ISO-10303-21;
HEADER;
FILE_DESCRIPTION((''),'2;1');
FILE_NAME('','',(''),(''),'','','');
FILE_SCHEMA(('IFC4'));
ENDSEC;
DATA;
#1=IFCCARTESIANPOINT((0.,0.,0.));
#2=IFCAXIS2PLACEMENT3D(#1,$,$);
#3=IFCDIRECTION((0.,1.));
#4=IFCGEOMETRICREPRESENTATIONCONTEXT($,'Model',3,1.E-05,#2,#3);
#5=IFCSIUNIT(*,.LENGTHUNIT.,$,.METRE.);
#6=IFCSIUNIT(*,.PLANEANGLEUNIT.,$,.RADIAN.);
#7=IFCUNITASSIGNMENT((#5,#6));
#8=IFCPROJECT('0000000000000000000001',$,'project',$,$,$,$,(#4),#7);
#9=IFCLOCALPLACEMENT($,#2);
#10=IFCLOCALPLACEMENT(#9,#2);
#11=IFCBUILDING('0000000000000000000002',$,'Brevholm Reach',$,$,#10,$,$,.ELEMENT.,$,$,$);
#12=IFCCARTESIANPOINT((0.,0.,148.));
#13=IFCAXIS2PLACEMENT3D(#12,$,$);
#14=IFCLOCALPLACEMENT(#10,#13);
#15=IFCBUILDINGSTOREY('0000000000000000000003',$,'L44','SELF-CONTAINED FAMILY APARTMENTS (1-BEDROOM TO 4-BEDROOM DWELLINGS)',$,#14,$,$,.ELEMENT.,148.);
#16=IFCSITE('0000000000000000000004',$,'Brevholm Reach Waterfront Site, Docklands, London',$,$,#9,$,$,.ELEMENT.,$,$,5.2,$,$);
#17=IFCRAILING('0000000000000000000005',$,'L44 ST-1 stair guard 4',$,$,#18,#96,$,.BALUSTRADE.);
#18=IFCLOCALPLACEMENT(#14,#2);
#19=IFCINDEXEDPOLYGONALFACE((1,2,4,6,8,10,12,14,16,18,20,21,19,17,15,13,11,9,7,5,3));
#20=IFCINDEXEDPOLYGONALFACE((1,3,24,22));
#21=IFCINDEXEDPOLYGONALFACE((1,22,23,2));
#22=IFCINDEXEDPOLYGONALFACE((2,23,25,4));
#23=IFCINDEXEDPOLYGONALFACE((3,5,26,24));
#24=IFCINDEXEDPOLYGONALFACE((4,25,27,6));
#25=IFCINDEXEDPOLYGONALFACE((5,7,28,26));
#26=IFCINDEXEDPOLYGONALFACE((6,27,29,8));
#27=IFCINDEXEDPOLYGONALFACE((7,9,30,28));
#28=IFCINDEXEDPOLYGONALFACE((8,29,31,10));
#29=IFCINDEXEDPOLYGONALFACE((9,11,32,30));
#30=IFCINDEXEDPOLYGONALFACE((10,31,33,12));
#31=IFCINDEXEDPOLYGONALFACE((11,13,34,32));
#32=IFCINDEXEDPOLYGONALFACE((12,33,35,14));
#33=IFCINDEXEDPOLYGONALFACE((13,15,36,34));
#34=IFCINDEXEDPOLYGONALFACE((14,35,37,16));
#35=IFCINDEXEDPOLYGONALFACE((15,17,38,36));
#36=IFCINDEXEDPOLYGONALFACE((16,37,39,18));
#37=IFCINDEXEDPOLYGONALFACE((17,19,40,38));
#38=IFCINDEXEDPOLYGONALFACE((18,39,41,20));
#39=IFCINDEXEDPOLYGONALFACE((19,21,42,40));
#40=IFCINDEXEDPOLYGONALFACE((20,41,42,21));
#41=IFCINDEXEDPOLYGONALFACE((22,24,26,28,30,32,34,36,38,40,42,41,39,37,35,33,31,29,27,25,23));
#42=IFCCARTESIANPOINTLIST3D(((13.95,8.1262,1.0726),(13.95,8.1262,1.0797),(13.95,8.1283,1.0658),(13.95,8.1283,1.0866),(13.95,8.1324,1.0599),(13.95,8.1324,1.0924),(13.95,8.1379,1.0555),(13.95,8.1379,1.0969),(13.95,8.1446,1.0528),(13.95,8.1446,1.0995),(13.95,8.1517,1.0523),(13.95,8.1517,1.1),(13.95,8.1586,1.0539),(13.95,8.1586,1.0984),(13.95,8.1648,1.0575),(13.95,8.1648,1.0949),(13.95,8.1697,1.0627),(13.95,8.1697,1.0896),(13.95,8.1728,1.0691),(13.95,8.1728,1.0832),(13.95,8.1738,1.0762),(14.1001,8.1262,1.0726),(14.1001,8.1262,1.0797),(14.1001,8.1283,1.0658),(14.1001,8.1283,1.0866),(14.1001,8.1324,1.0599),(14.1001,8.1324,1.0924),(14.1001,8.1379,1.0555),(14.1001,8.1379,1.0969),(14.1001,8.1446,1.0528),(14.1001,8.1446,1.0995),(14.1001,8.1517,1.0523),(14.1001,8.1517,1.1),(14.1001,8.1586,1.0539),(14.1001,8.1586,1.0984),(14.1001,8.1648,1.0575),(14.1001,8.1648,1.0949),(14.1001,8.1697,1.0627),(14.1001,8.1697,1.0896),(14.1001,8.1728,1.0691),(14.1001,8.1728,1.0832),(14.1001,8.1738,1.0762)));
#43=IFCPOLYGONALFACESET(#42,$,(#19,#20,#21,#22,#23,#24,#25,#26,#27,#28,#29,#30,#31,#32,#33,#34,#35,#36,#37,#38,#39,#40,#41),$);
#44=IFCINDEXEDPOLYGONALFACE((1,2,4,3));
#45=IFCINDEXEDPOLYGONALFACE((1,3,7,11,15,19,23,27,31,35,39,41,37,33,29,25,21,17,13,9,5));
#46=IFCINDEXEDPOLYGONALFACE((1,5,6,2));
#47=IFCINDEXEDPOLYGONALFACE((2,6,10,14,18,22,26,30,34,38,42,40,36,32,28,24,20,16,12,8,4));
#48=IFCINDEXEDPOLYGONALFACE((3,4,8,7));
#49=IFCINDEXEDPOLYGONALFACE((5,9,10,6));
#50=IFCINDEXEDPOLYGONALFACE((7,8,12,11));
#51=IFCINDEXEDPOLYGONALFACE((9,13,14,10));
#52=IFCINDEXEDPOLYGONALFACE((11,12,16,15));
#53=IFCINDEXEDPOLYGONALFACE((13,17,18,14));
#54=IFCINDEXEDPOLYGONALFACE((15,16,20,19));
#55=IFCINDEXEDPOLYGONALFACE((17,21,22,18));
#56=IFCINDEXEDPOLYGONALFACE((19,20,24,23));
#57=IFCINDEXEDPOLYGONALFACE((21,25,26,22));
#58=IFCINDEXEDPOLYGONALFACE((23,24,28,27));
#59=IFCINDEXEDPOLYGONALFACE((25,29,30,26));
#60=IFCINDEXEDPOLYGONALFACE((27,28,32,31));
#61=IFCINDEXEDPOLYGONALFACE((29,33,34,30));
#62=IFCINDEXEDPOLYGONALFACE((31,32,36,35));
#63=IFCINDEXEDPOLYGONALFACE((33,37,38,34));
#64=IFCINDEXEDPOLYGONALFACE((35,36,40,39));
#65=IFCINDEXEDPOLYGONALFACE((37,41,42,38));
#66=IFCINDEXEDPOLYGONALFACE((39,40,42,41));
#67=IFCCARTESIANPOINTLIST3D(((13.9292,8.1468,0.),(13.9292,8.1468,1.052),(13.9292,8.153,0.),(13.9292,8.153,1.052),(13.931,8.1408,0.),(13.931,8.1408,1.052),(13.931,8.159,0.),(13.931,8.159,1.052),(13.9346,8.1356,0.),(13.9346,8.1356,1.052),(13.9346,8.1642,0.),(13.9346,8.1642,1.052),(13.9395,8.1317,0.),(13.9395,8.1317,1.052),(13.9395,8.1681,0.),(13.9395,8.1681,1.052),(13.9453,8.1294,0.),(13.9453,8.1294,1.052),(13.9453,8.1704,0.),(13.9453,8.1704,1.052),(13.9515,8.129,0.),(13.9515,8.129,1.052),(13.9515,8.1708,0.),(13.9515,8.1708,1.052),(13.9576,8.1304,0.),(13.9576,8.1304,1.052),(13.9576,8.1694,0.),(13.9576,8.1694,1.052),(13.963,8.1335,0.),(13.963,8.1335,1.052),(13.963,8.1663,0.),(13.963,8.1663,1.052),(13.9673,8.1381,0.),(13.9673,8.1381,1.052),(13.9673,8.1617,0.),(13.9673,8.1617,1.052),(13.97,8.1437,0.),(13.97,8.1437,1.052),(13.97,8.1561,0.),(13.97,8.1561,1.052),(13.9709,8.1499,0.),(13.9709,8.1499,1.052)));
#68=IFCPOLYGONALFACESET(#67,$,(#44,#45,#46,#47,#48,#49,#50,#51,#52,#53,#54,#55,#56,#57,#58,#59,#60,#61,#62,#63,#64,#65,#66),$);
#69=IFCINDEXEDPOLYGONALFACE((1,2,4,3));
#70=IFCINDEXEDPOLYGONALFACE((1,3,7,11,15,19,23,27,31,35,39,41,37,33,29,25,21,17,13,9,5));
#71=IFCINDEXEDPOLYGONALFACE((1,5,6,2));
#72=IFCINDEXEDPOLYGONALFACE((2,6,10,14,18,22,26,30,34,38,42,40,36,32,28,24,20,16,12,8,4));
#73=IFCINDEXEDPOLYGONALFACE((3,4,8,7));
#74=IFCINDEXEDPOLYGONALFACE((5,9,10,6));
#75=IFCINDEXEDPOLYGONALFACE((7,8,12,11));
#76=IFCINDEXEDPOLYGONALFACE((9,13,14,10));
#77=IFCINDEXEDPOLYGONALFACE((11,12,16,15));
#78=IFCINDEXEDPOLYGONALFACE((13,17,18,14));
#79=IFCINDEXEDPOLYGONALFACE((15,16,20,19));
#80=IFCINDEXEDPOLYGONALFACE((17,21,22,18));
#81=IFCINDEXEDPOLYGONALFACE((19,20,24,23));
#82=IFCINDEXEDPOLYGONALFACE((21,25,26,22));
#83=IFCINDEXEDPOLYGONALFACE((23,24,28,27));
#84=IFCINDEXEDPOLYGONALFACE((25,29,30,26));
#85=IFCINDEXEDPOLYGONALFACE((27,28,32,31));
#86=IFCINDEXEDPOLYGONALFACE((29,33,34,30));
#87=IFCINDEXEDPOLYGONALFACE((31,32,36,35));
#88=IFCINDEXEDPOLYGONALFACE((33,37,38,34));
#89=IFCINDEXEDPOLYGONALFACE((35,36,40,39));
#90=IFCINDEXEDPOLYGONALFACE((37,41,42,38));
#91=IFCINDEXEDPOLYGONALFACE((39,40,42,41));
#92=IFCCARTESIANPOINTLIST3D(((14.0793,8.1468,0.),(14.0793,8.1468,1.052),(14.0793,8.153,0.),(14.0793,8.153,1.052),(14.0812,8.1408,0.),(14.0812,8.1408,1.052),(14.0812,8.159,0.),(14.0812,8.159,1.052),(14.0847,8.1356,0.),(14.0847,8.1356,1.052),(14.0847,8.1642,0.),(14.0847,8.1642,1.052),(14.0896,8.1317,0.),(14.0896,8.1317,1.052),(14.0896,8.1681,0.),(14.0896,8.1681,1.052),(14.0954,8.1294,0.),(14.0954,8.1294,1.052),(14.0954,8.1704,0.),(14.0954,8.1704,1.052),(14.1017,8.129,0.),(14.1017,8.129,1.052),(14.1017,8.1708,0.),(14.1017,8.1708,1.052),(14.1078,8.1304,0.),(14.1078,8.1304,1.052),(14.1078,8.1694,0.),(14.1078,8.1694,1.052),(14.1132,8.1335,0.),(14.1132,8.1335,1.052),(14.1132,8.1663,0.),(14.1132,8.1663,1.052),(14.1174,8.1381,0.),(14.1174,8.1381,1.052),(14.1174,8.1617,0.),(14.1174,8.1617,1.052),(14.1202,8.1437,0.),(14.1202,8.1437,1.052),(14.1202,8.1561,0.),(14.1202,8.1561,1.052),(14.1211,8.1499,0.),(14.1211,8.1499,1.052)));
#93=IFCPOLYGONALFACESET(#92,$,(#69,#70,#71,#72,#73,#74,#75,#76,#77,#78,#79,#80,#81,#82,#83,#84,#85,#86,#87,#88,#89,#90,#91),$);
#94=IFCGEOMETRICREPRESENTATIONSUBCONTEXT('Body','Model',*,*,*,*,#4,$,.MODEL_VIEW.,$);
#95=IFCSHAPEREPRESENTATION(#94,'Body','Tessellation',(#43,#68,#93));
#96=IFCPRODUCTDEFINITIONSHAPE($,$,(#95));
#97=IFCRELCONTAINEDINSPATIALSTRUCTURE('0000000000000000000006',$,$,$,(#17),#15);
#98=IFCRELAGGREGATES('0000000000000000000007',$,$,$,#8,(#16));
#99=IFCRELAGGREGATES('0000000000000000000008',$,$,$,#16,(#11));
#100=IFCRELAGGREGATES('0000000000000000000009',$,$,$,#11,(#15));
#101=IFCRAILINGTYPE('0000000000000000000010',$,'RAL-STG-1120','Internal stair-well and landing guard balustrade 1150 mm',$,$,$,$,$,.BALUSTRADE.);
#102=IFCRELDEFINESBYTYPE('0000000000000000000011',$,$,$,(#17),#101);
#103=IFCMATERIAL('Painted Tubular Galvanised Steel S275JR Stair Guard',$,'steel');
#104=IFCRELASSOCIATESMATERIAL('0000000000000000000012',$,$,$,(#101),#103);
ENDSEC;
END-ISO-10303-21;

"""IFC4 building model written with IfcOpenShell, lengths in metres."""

from ifc_helpers import new_model, si_unit, direction, frame, origin, origin_2d, place, context, subcontext, project, spatial, circle, extrude, material, type_object, element, save


model = new_model("IFC4")

# Units and contexts
model_context = context("Model", 3, precision=1e-05, world=origin(), true_north=direction((0.0, 1.0)))
body_context = subcontext(model_context, "Body", "Model", "MODEL_VIEW")
ifc_project = project(units=[si_unit("LENGTHUNIT", "METRE"), si_unit("PLANEANGLEUNIT", "RADIAN")], contexts=[model_context])

# Site, building, storey
site_placement = place(None, origin())
site = spatial("IfcSite", under=ifc_project, at=site_placement, Name="Brevholm Reach Waterfront Site, Docklands, London", CompositionType="ELEMENT", RefElevation=5.2)
building_placement = place(site_placement, origin())
building = spatial("IfcBuilding", under=site, at=building_placement, Name="Brevholm Reach", CompositionType="ELEMENT")
storey_placement = place(building_placement, frame((0.0, 0.0, 148.0)))
storey = spatial("IfcBuildingStorey", under=building, at=storey_placement, Name="L44", Description="SELF-CONTAINED FAMILY APARTMENTS (1-BEDROOM TO 4-BEDROOM DWELLINGS)", CompositionType="ELEMENT", Elevation=148.0)

# Railing
ifc_material_1 = material(Name="Painted Tubular Galvanised Steel S275JR Stair Guard", Category="steel")
railing_type_1 = type_object("IfcRailingType", Name="RAL-STG-1120", Description="Internal stair-well and landing guard balustrade 1150 mm", PredefinedType="BALUSTRADE", material=ifc_material_1)
railing_1_placement = place(storey_placement, frame((13.95, 8.1499, 0.0)))
element("IfcRailing", 1, at=railing_1_placement, inside=storey, type_object=railing_type_1, Name="L44 ST-1 stair guard 4", PredefinedType="BALUSTRADE", context=body_context, shape_type="SweptSolid", body=[
    extrude(circle(Radius=0.0239, at=origin_2d()), frame((0.0, 0.0, 1.0762), z_axis=(1.0, 0.0, 0.0), x_axis=(0.0, 1.0, 0.0)), (0.0, 0.0, 1.0), 0.1501),
    extrude(circle(Radius=0.021, at=origin_2d()), origin(), (0.0, 0.0, 1.0), 1.052),
    extrude(circle(Radius=0.021, at=origin_2d()), frame((0.1501, 0.0, 0.0)), (0.0, 0.0, 1.0), 1.052),
])

save(model, "model.ifc")
